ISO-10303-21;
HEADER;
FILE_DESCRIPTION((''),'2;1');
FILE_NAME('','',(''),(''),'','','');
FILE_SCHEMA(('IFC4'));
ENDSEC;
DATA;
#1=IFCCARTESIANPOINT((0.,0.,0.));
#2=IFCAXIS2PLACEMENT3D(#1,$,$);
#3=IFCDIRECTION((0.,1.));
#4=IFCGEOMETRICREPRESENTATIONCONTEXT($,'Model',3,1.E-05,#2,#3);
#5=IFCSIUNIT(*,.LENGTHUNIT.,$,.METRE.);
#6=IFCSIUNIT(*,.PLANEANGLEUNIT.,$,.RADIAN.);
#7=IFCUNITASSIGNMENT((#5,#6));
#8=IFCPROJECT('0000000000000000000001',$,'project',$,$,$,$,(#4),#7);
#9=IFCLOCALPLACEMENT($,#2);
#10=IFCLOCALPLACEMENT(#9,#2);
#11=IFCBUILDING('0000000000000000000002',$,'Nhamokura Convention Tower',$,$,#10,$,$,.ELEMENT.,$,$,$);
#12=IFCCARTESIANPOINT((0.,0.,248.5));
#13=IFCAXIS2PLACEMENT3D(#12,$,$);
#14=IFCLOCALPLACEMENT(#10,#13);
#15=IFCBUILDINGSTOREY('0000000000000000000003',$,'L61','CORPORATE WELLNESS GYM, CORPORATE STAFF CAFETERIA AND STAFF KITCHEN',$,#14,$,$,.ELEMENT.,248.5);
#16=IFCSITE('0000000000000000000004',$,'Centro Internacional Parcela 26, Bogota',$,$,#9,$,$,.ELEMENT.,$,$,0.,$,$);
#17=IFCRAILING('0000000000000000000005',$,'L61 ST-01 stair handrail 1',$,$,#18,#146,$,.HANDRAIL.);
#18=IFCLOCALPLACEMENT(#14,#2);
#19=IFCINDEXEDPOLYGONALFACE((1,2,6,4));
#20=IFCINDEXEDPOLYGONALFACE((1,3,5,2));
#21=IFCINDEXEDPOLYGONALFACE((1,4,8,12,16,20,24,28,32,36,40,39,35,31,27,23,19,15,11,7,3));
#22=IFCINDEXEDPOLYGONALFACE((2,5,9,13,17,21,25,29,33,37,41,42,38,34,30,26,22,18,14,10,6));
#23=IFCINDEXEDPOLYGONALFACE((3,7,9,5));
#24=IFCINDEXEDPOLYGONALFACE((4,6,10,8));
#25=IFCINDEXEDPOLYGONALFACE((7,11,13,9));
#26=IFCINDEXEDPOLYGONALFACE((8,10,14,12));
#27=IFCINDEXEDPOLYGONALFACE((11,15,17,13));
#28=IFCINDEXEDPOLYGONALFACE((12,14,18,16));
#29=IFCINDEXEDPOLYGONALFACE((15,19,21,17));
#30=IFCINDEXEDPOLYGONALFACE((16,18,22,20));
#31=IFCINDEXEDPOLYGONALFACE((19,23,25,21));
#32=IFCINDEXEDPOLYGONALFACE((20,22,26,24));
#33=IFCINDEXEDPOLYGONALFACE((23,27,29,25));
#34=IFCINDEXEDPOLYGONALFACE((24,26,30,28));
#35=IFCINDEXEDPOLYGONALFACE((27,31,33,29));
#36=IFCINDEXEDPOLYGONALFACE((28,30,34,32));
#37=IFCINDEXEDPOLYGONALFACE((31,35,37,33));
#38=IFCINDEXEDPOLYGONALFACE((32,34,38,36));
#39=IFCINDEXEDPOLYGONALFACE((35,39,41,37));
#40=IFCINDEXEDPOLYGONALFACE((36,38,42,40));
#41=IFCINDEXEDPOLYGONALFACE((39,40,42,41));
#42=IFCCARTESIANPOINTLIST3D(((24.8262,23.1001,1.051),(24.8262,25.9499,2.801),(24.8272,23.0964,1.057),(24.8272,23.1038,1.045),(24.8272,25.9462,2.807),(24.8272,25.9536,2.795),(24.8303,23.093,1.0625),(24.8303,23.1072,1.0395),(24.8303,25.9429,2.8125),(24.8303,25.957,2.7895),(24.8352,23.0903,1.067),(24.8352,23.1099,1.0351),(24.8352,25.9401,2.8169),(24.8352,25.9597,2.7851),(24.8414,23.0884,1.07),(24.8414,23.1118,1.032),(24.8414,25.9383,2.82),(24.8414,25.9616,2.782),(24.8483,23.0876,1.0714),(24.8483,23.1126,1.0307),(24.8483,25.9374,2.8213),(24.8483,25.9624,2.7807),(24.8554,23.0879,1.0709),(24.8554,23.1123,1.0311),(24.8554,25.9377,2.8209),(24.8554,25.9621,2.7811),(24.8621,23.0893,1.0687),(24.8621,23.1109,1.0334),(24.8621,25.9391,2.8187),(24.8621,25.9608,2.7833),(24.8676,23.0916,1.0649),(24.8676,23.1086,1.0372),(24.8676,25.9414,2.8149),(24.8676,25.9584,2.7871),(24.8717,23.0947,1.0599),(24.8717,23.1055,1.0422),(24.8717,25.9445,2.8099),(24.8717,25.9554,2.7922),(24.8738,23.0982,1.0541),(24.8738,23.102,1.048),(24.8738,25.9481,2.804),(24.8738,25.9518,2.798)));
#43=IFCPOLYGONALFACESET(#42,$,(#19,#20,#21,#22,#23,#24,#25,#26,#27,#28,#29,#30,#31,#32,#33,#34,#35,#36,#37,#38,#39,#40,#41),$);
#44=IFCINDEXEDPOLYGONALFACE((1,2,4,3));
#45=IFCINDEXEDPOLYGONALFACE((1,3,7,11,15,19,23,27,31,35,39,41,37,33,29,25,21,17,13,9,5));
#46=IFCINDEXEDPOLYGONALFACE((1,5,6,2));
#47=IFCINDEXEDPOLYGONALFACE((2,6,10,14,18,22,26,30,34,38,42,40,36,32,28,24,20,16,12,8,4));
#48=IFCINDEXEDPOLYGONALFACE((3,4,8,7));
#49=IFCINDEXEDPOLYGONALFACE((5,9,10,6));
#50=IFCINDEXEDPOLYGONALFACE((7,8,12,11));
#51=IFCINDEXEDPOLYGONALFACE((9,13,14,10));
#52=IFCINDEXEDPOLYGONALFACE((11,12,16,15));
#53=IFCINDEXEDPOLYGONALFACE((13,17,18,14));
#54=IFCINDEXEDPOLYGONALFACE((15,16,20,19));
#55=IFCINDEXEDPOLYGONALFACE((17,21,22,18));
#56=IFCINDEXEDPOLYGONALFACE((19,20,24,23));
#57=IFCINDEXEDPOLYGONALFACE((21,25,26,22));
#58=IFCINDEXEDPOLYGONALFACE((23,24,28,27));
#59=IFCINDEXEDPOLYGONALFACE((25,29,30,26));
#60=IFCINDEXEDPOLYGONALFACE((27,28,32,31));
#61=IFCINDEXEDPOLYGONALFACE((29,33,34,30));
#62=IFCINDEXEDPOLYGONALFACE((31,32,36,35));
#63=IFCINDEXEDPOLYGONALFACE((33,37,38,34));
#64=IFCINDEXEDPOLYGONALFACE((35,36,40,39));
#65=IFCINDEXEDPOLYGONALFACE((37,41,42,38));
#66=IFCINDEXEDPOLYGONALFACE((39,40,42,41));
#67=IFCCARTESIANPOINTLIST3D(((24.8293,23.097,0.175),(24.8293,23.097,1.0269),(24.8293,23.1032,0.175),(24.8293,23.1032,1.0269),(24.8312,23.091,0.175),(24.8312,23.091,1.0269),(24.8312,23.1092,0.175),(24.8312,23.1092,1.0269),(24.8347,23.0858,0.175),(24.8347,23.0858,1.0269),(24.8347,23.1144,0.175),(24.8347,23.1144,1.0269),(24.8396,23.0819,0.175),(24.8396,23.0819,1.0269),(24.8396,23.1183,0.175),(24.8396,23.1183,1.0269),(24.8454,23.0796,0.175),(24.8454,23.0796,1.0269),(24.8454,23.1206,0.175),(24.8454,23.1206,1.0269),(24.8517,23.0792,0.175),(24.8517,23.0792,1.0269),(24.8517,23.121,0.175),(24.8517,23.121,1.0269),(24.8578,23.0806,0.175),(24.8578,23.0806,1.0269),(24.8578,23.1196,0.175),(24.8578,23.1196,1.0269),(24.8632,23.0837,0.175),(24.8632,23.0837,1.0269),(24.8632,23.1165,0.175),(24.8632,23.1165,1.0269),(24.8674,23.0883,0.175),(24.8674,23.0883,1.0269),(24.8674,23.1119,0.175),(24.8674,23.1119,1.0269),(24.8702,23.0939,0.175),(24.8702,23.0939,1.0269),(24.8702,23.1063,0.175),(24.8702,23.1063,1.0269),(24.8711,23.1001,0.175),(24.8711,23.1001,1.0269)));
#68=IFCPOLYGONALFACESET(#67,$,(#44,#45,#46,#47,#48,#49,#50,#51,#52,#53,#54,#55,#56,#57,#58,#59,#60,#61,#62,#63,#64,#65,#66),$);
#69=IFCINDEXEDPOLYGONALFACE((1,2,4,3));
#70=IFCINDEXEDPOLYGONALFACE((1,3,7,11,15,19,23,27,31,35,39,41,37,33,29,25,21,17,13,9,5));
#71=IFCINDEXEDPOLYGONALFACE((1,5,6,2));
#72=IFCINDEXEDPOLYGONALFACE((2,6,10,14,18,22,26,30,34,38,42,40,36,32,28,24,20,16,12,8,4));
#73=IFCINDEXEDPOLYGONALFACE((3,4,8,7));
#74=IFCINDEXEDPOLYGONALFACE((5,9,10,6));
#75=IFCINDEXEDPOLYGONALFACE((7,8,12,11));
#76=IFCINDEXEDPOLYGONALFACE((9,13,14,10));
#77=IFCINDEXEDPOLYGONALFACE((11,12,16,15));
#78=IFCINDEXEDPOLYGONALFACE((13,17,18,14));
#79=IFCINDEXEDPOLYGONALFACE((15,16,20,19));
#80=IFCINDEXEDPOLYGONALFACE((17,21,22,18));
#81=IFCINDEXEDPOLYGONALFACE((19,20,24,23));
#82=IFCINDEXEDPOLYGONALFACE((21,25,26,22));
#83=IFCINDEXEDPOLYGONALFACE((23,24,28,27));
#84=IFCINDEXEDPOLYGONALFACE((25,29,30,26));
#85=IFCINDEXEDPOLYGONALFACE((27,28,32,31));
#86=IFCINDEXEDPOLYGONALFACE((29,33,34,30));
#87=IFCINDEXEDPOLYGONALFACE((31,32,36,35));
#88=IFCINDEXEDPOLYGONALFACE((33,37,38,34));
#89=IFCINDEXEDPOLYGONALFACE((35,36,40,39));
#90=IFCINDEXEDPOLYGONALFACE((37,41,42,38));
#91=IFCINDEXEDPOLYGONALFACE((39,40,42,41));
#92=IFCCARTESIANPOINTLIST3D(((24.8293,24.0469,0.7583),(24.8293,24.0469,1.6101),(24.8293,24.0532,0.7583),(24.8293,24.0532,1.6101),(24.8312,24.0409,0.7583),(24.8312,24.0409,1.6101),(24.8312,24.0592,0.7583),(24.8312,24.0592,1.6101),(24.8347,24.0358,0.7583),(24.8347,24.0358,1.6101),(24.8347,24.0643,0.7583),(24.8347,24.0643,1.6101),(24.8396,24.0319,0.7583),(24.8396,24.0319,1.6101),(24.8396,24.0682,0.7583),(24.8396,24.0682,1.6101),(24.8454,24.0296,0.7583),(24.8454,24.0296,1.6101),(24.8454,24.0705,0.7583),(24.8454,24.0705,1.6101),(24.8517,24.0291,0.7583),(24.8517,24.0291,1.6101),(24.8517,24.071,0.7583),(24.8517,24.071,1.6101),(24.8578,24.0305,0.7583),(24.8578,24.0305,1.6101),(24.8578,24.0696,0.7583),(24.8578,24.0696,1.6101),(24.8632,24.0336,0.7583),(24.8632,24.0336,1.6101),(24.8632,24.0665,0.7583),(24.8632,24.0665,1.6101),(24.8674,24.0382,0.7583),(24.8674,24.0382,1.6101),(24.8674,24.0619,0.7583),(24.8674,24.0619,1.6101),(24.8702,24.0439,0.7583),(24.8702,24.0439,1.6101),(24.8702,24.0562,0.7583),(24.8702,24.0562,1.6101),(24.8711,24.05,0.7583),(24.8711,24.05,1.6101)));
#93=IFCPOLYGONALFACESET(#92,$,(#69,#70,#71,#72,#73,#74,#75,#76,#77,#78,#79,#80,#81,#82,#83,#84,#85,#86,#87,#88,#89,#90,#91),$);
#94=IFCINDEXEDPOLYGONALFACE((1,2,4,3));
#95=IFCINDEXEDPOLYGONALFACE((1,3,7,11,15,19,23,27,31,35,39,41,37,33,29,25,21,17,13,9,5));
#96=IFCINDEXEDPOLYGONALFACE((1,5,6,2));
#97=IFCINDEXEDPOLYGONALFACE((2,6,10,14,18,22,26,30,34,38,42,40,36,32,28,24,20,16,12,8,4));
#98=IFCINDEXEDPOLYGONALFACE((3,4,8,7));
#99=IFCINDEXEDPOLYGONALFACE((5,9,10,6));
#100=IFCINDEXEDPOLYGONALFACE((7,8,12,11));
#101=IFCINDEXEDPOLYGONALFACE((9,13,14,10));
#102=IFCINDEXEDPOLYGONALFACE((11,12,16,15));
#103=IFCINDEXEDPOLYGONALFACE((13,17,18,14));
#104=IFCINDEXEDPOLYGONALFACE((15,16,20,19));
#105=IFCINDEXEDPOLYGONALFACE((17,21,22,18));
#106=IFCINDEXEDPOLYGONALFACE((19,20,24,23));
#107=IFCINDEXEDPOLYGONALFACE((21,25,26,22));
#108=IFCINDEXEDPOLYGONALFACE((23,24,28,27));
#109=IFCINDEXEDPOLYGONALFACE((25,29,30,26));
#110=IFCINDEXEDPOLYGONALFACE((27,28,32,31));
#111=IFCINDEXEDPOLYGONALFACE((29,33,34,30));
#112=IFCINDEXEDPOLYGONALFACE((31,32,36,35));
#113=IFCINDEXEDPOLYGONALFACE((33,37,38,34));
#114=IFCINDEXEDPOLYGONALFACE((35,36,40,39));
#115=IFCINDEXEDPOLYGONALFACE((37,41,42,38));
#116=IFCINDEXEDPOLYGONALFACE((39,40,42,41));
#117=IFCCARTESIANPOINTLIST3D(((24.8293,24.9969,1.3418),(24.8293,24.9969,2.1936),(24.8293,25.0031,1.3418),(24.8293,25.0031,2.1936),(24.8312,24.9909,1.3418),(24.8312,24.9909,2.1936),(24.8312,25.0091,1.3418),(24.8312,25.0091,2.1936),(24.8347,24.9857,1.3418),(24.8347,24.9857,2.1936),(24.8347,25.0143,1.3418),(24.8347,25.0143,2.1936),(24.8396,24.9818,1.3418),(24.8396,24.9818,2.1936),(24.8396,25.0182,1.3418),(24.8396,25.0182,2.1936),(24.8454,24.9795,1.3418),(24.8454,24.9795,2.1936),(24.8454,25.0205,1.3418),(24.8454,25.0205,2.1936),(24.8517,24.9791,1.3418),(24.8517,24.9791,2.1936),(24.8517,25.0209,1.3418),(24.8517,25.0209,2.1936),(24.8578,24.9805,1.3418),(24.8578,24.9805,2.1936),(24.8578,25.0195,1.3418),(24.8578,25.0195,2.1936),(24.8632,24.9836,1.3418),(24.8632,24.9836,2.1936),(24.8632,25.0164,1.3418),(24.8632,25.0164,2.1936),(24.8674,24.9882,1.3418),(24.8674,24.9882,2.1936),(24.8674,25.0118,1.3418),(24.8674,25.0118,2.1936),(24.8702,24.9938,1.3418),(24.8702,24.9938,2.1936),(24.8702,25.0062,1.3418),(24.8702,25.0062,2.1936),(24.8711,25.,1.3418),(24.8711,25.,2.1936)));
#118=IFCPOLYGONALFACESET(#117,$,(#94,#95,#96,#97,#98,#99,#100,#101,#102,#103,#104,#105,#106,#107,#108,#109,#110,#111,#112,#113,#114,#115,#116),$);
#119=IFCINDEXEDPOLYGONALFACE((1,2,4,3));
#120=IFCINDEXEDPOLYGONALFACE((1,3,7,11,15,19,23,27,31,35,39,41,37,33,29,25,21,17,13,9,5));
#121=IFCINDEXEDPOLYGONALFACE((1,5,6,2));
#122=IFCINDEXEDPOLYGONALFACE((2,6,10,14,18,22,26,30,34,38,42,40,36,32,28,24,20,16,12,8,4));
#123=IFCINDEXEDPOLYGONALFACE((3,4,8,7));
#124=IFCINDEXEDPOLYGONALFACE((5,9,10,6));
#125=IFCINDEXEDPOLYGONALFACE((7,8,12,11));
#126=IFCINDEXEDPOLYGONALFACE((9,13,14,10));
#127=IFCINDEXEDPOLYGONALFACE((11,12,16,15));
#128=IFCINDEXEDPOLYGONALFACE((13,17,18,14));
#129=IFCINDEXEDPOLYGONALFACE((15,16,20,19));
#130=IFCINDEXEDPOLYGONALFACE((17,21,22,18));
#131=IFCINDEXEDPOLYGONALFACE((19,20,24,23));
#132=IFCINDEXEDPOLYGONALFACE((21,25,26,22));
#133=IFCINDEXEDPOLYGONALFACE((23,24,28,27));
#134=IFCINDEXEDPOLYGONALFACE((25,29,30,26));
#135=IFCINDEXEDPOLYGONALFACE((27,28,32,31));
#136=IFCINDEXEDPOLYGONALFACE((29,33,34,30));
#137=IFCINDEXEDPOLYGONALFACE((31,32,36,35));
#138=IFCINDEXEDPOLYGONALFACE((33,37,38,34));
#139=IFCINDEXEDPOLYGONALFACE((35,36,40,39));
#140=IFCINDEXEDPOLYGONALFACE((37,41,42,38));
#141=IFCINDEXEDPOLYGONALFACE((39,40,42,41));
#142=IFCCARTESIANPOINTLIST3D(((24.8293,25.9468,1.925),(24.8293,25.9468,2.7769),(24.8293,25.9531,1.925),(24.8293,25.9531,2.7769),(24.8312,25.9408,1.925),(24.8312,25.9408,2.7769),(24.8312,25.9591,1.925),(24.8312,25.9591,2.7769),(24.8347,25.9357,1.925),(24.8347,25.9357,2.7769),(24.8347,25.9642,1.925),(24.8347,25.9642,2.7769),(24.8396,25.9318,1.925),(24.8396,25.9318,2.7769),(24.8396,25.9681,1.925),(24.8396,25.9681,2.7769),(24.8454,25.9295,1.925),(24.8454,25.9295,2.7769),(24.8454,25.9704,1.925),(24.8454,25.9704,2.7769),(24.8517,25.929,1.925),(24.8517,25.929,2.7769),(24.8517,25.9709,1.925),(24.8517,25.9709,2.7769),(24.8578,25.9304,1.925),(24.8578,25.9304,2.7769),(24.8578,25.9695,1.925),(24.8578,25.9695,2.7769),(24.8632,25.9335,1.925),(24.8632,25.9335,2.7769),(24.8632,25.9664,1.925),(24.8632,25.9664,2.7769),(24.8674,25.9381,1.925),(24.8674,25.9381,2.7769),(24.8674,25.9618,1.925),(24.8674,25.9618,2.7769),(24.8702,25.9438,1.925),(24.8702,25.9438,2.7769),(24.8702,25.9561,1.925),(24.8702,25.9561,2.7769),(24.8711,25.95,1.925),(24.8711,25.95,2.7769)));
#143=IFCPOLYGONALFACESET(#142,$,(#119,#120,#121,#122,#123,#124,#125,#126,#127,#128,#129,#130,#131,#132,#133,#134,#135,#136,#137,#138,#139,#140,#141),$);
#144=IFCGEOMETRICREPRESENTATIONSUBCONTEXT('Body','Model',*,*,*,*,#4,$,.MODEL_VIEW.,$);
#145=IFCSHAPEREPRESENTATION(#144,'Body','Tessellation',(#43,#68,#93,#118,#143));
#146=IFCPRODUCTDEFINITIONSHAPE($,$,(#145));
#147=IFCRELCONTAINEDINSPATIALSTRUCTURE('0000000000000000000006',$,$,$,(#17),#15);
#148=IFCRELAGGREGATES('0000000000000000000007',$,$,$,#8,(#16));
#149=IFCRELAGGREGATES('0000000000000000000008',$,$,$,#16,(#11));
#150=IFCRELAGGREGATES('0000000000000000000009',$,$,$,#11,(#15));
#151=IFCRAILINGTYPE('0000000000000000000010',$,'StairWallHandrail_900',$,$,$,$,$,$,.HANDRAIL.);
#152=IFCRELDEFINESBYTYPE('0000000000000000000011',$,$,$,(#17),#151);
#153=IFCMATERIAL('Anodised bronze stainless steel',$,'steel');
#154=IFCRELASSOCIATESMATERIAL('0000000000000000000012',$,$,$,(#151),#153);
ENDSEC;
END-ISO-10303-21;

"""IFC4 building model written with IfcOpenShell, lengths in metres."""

from ifc_helpers import new_model, si_unit, direction, frame, origin, origin_2d, place, context, subcontext, project, spatial, circle, extrude, material, type_object, element, save


model = new_model("IFC4")

# Units and contexts
model_context = context("Model", 3, precision=1e-05, world=origin(), true_north=direction((0.0, 1.0)))
body_context = subcontext(model_context, "Body", "Model", "MODEL_VIEW")
ifc_project = project(units=[si_unit("LENGTHUNIT", "METRE"), si_unit("PLANEANGLEUNIT", "RADIAN")], contexts=[model_context])

# Site, building, storey
site_placement = place(None, origin())
site = spatial("IfcSite", under=ifc_project, at=site_placement, Name="Centro Internacional Parcela 26, Bogota", CompositionType="ELEMENT", RefElevation=0.0)
building_placement = place(site_placement, origin())
building = spatial("IfcBuilding", under=site, at=building_placement, Name="Nhamokura Convention Tower", CompositionType="ELEMENT")
storey_placement = place(building_placement, frame((0.0, 0.0, 248.5)))
storey = spatial("IfcBuildingStorey", under=building, at=storey_placement, Name="L61", Description="CORPORATE WELLNESS GYM, CORPORATE STAFF CAFETERIA AND STAFF KITCHEN", CompositionType="ELEMENT", Elevation=248.5)

# Railing
ifc_material_1 = material(Name="Anodised bronze stainless steel", Category="steel")
railing_type_1 = type_object("IfcRailingType", Name="StairWallHandrail_900", PredefinedType="HANDRAIL", material=ifc_material_1)
railing_1_placement = place(storey_placement, frame((24.8501, 23.1001, 0.175)))
element("IfcRailing", 1, at=railing_1_placement, inside=storey, type_object=railing_type_1, Name="L61 ST-01 stair handrail 1", PredefinedType="HANDRAIL", context=body_context, shape_type="SweptSolid", body=[
    extrude(circle(Radius=0.0239, at=origin_2d()), frame((0.0, 0.0, 0.876), z_axis=(0.0, 0.852159, 0.523283), x_axis=(-1.0, 0.0, 0.0)), (0.0, 0.0, 1.0), 3.3442),
    extrude(circle(Radius=0.021, at=origin_2d()), origin(), (0.0, 0.0, 1.0), 0.8518),
    extrude(circle(Radius=0.021, at=origin_2d()), frame((0.0, 0.95, 0.5833)), (0.0, 0.0, 1.0), 0.8518),
    extrude(circle(Radius=0.021, at=origin_2d()), frame((0.0, 1.8999, 1.1667)), (0.0, 0.0, 1.0), 0.8518),
    extrude(circle(Radius=0.021, at=origin_2d()), frame((0.0, 2.8499, 1.75)), (0.0, 0.0, 1.0), 0.8518),
])

save(model, "model.ifc")
